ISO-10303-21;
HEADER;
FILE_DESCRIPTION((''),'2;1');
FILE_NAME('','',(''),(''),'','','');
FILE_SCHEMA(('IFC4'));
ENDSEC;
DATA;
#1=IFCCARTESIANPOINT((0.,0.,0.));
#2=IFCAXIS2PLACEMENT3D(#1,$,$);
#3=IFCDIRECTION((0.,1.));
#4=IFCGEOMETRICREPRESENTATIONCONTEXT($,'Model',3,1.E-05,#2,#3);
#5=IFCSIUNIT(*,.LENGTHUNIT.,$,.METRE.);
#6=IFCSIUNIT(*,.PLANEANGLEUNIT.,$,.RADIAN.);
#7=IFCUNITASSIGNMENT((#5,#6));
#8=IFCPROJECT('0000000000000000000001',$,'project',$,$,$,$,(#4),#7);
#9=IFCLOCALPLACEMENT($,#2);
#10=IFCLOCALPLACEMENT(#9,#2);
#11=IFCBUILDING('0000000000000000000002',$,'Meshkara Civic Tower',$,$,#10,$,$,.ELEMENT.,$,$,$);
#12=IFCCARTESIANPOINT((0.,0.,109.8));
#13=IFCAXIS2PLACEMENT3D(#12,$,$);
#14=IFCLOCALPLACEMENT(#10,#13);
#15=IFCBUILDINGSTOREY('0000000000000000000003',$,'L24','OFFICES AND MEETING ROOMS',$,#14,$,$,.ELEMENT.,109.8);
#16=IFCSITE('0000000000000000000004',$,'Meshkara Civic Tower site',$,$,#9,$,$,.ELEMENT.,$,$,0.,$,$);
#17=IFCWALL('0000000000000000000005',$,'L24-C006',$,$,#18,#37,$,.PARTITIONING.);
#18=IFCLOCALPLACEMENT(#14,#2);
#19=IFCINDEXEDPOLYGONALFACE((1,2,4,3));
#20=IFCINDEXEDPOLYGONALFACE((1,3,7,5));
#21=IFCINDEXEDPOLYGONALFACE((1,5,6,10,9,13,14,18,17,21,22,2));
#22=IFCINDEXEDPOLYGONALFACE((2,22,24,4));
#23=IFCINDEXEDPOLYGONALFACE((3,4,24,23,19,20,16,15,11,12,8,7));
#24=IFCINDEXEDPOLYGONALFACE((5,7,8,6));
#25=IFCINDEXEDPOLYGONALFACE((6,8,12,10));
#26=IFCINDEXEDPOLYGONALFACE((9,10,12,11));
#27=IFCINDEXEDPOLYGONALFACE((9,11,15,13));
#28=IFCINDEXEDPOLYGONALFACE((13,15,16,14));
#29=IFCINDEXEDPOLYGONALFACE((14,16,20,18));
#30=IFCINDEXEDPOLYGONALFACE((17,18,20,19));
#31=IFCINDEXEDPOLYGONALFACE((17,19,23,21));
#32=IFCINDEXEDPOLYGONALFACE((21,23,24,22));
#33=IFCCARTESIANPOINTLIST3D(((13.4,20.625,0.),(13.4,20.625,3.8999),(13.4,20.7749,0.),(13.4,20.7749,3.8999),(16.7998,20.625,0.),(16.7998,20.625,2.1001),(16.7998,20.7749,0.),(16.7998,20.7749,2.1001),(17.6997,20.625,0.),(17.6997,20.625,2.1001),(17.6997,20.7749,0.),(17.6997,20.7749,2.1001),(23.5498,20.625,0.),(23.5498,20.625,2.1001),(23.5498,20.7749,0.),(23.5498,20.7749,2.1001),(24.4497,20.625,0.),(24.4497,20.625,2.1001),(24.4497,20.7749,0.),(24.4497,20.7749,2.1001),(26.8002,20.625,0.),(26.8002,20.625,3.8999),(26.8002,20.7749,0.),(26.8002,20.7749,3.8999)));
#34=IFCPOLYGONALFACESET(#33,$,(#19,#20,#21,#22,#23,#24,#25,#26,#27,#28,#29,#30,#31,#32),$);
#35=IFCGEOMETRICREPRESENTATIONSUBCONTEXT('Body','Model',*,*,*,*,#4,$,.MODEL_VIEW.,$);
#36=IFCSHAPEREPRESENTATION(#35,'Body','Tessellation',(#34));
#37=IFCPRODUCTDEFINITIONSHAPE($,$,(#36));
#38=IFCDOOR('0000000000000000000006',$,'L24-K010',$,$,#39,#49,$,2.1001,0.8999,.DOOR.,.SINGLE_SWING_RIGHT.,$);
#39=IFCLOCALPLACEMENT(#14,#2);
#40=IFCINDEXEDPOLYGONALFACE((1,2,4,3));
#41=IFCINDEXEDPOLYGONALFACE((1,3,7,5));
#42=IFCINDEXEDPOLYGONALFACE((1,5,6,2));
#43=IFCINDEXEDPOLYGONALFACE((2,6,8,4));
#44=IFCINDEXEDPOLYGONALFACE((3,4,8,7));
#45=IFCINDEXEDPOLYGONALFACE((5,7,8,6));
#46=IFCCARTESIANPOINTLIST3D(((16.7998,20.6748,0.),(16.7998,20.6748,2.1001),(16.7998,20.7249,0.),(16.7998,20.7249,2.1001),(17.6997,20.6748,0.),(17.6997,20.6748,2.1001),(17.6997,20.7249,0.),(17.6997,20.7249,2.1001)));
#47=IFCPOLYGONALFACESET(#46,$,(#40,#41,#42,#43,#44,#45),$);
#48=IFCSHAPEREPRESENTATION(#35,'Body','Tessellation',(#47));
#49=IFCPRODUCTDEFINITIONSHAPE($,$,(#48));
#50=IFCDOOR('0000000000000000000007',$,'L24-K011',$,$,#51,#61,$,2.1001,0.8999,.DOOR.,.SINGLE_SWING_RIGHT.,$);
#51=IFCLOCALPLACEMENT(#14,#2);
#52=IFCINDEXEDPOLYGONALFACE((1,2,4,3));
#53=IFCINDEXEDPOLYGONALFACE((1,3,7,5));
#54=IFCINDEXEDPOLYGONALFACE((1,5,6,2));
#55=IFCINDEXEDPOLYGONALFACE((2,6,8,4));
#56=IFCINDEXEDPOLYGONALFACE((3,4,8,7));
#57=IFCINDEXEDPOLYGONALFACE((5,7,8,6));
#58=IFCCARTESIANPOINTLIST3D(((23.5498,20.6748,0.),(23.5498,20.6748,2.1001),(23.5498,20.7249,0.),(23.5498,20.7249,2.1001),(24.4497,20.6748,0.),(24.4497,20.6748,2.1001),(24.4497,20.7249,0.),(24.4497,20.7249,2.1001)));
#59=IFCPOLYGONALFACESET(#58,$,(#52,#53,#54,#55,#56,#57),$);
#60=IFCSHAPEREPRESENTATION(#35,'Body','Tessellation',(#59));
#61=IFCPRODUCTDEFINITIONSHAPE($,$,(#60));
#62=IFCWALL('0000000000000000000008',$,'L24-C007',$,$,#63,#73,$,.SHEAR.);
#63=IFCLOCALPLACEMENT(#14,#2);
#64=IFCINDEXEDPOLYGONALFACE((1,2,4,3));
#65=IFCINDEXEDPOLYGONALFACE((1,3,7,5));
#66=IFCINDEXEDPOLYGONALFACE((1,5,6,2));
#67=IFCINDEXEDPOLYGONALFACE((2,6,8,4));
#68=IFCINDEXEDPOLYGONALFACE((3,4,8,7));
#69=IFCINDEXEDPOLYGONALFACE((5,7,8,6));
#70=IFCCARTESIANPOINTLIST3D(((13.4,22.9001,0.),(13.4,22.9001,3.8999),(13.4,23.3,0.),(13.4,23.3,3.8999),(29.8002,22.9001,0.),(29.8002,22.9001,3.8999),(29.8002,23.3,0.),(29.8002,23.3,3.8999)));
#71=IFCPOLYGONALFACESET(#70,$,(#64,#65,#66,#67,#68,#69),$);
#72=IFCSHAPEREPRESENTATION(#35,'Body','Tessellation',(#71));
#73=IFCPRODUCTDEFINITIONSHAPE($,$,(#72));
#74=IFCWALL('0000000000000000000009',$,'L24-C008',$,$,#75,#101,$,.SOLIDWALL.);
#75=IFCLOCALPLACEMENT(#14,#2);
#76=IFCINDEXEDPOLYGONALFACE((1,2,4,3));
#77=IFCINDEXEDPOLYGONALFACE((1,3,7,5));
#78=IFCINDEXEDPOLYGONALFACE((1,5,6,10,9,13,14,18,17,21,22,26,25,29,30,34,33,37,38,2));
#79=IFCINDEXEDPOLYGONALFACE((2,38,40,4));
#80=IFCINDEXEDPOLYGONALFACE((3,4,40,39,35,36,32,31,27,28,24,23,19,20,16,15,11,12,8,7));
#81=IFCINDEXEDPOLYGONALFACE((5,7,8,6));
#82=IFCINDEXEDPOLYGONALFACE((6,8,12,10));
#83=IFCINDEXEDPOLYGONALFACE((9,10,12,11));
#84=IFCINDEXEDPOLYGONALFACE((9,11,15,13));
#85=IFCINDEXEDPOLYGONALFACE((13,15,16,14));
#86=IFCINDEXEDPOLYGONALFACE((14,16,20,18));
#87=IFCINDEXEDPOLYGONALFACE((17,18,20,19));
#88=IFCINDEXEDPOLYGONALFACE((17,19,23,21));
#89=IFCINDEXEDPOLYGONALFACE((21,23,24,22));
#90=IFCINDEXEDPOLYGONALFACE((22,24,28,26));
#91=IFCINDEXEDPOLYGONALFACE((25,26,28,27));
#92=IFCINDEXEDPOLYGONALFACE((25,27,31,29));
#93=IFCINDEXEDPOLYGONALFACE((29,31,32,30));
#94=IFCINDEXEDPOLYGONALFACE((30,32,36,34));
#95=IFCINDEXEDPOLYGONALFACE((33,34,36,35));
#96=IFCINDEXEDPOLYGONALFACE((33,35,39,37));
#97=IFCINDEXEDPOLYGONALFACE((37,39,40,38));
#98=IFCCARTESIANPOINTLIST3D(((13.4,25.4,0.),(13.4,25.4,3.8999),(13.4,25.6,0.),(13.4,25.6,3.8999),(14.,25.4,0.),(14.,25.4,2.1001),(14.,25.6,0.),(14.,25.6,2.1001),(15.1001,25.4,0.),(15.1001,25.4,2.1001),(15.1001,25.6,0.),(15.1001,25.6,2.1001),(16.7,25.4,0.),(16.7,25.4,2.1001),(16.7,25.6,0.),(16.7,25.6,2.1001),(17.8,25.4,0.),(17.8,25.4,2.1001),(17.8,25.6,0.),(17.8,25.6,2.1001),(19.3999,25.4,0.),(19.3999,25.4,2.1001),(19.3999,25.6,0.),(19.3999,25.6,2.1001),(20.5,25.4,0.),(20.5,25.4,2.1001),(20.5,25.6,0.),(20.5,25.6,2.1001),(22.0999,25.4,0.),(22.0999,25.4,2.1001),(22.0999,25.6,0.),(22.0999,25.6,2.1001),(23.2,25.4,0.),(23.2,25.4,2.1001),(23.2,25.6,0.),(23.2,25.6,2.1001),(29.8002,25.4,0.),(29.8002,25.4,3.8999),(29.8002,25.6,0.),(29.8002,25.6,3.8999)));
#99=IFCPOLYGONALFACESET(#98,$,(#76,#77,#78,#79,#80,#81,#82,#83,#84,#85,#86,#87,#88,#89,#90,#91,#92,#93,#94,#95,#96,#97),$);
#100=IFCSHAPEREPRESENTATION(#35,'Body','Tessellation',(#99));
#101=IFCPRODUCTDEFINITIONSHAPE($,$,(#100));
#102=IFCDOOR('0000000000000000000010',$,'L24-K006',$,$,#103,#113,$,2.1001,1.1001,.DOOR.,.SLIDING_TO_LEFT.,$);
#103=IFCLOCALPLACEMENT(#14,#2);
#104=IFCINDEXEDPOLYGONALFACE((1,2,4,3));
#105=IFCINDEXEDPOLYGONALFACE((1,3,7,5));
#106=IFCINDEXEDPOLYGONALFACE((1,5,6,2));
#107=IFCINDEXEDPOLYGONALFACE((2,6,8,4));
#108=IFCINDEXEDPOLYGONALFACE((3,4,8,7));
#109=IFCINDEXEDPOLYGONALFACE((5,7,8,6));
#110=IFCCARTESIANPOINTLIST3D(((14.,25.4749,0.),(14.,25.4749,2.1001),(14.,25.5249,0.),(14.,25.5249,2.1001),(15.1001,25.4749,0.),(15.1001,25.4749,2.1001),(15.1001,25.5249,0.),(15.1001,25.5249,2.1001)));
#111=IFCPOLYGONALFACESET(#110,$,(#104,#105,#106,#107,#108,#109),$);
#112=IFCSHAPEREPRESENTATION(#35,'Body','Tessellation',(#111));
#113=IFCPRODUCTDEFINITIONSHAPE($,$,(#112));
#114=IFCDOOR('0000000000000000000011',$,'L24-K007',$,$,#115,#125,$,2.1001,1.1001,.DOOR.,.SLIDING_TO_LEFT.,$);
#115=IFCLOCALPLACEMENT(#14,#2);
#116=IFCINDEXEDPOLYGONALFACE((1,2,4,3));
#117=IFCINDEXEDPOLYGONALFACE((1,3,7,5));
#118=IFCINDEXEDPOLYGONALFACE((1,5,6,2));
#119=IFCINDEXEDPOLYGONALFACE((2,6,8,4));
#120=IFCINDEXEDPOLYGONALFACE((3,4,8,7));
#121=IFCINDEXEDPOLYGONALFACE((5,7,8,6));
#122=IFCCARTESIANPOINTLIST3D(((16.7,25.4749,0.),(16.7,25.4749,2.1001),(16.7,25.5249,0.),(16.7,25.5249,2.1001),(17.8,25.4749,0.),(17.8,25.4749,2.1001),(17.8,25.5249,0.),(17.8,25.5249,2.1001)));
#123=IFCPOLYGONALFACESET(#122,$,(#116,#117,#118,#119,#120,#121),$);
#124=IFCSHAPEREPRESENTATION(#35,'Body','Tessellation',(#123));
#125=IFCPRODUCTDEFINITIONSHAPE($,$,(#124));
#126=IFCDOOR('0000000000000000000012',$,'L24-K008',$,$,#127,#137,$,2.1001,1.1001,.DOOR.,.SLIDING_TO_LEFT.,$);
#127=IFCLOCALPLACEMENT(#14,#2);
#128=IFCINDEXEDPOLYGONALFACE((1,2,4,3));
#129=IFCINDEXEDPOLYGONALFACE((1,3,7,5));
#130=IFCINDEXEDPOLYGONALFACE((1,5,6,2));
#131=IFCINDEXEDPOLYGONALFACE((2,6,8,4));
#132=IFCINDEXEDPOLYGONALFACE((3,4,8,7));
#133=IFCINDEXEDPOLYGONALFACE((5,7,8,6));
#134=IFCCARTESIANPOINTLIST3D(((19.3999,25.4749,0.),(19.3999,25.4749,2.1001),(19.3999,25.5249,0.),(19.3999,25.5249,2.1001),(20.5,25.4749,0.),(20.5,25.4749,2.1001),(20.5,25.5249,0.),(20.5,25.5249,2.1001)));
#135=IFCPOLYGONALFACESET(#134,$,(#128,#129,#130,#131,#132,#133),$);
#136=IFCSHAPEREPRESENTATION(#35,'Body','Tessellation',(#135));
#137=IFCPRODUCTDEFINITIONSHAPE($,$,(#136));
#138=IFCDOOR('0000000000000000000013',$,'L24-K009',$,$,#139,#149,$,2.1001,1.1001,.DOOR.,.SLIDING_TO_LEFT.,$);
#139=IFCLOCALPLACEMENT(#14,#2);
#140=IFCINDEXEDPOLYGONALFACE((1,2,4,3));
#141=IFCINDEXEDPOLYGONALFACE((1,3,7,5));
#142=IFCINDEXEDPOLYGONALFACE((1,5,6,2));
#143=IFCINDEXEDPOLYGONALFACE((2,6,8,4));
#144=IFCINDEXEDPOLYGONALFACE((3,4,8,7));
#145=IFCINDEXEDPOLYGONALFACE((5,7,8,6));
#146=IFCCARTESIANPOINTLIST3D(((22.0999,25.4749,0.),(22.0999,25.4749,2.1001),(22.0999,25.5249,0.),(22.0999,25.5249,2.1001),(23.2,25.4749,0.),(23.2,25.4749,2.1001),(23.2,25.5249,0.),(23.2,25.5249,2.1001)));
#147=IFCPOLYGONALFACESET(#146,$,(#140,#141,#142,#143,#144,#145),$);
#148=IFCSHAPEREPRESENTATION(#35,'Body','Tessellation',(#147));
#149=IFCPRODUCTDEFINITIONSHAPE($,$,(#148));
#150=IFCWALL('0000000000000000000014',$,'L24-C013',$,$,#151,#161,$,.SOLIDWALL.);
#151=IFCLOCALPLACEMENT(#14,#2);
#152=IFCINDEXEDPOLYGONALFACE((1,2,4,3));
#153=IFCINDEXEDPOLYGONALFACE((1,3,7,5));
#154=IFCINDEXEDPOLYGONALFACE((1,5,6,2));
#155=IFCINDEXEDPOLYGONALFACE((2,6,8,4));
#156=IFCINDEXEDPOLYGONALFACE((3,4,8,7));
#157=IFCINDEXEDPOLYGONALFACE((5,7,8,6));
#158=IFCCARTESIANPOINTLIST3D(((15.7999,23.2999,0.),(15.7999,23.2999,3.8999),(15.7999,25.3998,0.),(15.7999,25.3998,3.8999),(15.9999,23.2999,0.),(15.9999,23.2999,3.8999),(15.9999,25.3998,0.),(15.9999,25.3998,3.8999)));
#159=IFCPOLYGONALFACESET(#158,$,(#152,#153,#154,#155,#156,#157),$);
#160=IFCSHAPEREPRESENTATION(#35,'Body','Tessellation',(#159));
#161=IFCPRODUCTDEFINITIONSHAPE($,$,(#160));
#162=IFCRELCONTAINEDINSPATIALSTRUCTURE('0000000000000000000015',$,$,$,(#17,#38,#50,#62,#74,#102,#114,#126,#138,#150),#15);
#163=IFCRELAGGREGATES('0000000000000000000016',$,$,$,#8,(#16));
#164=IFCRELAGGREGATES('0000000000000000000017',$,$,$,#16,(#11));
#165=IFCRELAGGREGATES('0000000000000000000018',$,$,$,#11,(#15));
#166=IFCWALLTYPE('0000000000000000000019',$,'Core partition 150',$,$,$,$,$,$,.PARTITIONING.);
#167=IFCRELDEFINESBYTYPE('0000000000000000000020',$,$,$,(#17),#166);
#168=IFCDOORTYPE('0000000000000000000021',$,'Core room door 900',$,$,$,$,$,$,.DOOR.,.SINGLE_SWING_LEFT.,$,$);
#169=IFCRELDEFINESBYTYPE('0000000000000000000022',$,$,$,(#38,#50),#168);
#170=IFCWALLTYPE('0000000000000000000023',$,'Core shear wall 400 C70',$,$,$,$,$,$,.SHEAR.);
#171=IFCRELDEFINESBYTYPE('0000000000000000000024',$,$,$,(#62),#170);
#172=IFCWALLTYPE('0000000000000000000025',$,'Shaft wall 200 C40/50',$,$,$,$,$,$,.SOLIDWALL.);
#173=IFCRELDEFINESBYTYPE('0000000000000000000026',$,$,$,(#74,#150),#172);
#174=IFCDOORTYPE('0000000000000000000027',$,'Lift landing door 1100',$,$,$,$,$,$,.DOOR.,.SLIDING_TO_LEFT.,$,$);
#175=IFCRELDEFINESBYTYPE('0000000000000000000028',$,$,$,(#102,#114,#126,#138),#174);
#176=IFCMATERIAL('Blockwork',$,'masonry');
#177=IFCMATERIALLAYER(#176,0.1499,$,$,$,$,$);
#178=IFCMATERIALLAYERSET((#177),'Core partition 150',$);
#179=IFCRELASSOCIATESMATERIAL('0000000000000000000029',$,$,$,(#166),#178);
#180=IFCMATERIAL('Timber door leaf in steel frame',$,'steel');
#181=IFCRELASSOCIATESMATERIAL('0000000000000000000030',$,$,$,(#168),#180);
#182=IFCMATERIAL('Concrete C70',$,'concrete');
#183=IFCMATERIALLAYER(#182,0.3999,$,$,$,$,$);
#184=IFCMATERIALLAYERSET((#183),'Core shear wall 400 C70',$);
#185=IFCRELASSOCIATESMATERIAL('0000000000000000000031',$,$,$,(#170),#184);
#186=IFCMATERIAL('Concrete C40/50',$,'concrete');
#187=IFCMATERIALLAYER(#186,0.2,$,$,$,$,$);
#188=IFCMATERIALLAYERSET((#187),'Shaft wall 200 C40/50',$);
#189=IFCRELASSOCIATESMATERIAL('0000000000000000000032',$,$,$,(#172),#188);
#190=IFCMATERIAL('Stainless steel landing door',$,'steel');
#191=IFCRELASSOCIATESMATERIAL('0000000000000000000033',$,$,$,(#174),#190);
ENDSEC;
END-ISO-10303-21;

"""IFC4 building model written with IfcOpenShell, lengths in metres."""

from ifc_helpers import new_model, si_unit, direction, frame, frame_2d, origin, place, context, subcontext, project, spatial, rectangle, extrude, material, layer, layer_set, type_object, element, fill, save


model = new_model("IFC4")

# Units and contexts
model_context = context("Model", 3, precision=1e-05, world=origin(), true_north=direction((0.0, 1.0)))
body_context = subcontext(model_context, "Body", "Model", "MODEL_VIEW")
ifc_project = project(units=[si_unit("LENGTHUNIT", "METRE"), si_unit("PLANEANGLEUNIT", "RADIAN")], contexts=[model_context])

# Site, building, storey
site_placement = place(None, origin())
site = spatial("IfcSite", under=ifc_project, at=site_placement, Name="Meshkara Civic Tower site", CompositionType="ELEMENT", RefElevation=0.0)
building_placement = place(site_placement, origin())
building = spatial("IfcBuilding", under=site, at=building_placement, Name="Meshkara Civic Tower", CompositionType="ELEMENT")
storey_placement = place(building_placement, frame((0.0, 0.0, 109.8)))
storey = spatial("IfcBuildingStorey", under=building, at=storey_placement, Name="L24", Description="OFFICES AND MEETING ROOMS", CompositionType="ELEMENT", Elevation=109.8)

# Wall, openings, doors
ifc_material_1 = material(Name="Blockwork", Category="masonry")
ifc_layer_1 = layer(ifc_material_1, 0.1499)
ifc_layer_set_1 = layer_set([ifc_layer_1], Name="Core partition 150")
wall_type_1 = type_object("IfcWallType", Name="Core partition 150", PredefinedType="PARTITIONING", material=ifc_layer_set_1)
wall_1_placement = place(storey_placement, frame((13.3999, 20.7, 0.0), z_axis=(0.0, 0.0, 1.0), x_axis=(1.0, 0.0, 0.0)))
wall_1 = element("IfcWall", 1, at=wall_1_placement, inside=storey, type_object=wall_type_1, Name="L24-C006", PredefinedType="PARTITIONING", context=body_context, shape_type="SweptSolid", body=[
    extrude(rectangle(XDim=13.4001, YDim=0.1499, at=frame_2d((6.7002, 0.0))), origin(), (0.0, 0.0, 1.0), 3.8999),
])
opening_1_placement = place(wall_1_placement, frame((3.3999, 0.0, 0.0)))
opening_1 = element("IfcOpeningElement", 2, at=opening_1_placement, cuts=wall_1, PredefinedType="OPENING", context=body_context, shape_type="SweptSolid", body=[
    extrude(rectangle(XDim=0.8999, YDim=2.1001, at=frame_2d((0.45, 1.05))), frame((0.0, 0.085, 0.0), z_axis=(0.0, -1.0, 0.0), x_axis=(1.0, 0.0, 0.0)), (0.0, 0.0, 1.0), 0.1699),
])
opening_2_placement = place(wall_1_placement, frame((10.1499, 0.0, 0.0)))
opening_2 = element("IfcOpeningElement", 3, at=opening_2_placement, cuts=wall_1, PredefinedType="OPENING", context=body_context, shape_type="SweptSolid", body=[
    extrude(rectangle(XDim=0.8999, YDim=2.1001, at=frame_2d((0.45, 1.05))), frame((0.0, 0.085, 0.0), z_axis=(0.0, -1.0, 0.0), x_axis=(1.0, 0.0, 0.0)), (0.0, 0.0, 1.0), 0.1699),
])
ifc_material_2 = material(Name="Timber door leaf in steel frame", Category="steel")
door_type_1 = type_object("IfcDoorType", Name="Core room door 900", OperationType="SINGLE_SWING_LEFT", PredefinedType="DOOR", material=ifc_material_2)
door_1_placement = place(opening_1_placement, origin())
door_1 = element("IfcDoor", 4, at=door_1_placement, inside=storey, type_object=door_type_1, Name="L24-K010", OperationType="SINGLE_SWING_RIGHT", OverallHeight=2.1001, OverallWidth=0.8999, PredefinedType="DOOR", context=body_context, shape_type="SweptSolid", body=[
    extrude(rectangle(XDim=0.8999, YDim=2.1001, at=frame_2d((0.45, 1.05))), frame((0.0, 0.0249, 0.0), z_axis=(0.0, -1.0, 0.0), x_axis=(1.0, 0.0, 0.0)), (0.0, 0.0, 1.0), 0.05),
])
fill(opening_1, door_1)
door_2_placement = place(opening_2_placement, origin())
door_2 = element("IfcDoor", 5, at=door_2_placement, inside=storey, type_object=door_type_1, Name="L24-K011", OperationType="SINGLE_SWING_RIGHT", OverallHeight=2.1001, OverallWidth=0.8999, PredefinedType="DOOR", context=body_context, shape_type="SweptSolid", body=[
    extrude(rectangle(XDim=0.8999, YDim=2.1001, at=frame_2d((0.45, 1.05))), frame((0.0, 0.0249, 0.0), z_axis=(0.0, -1.0, 0.0), x_axis=(1.0, 0.0, 0.0)), (0.0, 0.0, 1.0), 0.05),
])
fill(opening_2, door_2)

# Wall
ifc_material_3 = material(Name="Concrete C70", Category="concrete")
ifc_layer_2 = layer(ifc_material_3, 0.3999)
ifc_layer_set_2 = layer_set([ifc_layer_2], Name="Core shear wall 400 C70")
wall_type_2 = type_object("IfcWallType", Name="Core shear wall 400 C70", PredefinedType="SHEAR", material=ifc_layer_set_2)
wall_2_placement = place(storey_placement, frame((13.3999, 23.1001, 0.0), z_axis=(0.0, 0.0, 1.0), x_axis=(1.0, 0.0, 0.0)))
element("IfcWall", 6, at=wall_2_placement, inside=storey, type_object=wall_type_2, Name="L24-C007", PredefinedType="SHEAR", context=body_context, shape_type="SweptSolid", body=[
    extrude(rectangle(XDim=16.4001, YDim=0.3999, at=frame_2d((8.2002, 0.0))), origin(), (0.0, 0.0, 1.0), 3.8999),
])

# Wall, openings, doors
ifc_material_4 = material(Name="Concrete C40/50", Category="concrete")
ifc_layer_3 = layer(ifc_material_4, 0.2)
ifc_layer_set_3 = layer_set([ifc_layer_3], Name="Shaft wall 200 C40/50")
wall_type_3 = type_object("IfcWallType", Name="Shaft wall 200 C40/50", PredefinedType="SOLIDWALL", material=ifc_layer_set_3)
wall_3_placement = place(storey_placement, frame((13.3999, 25.5, 0.0), z_axis=(0.0, 0.0, 1.0), x_axis=(1.0, 0.0, 0.0)))
wall_3 = element("IfcWall", 7, at=wall_3_placement, inside=storey, type_object=wall_type_3, Name="L24-C008", PredefinedType="SOLIDWALL", context=body_context, shape_type="SweptSolid", body=[
    extrude(rectangle(XDim=16.4001, YDim=0.2, at=frame_2d((8.2002, 0.0))), origin(), (0.0, 0.0, 1.0), 3.8999),
])
opening_3_placement = place(wall_3_placement, frame((0.6001, 0.0, 0.0)))
opening_3 = element("IfcOpeningElement", 8, at=opening_3_placement, cuts=wall_3, PredefinedType="OPENING", context=body_context, shape_type="SweptSolid", body=[
    extrude(rectangle(XDim=1.1001, YDim=2.1001, at=frame_2d((0.55, 1.05))), frame((0.0, 0.1099, 0.0), z_axis=(0.0, -1.0, 0.0), x_axis=(1.0, 0.0, 0.0)), (0.0, 0.0, 1.0), 0.22),
])
opening_4_placement = place(wall_3_placement, frame((3.3, 0.0, 0.0)))
opening_4 = element("IfcOpeningElement", 9, at=opening_4_placement, cuts=wall_3, PredefinedType="OPENING", context=body_context, shape_type="SweptSolid", body=[
    extrude(rectangle(XDim=1.1001, YDim=2.1001, at=frame_2d((0.55, 1.05))), frame((0.0, 0.1099, 0.0), z_axis=(0.0, -1.0, 0.0), x_axis=(1.0, 0.0, 0.0)), (0.0, 0.0, 1.0), 0.22),
])
opening_5_placement = place(wall_3_placement, frame((6.0, 0.0, 0.0)))
opening_5 = element("IfcOpeningElement", 10, at=opening_5_placement, cuts=wall_3, PredefinedType="OPENING", context=body_context, shape_type="SweptSolid", body=[
    extrude(rectangle(XDim=1.1001, YDim=2.1001, at=frame_2d((0.55, 1.05))), frame((0.0, 0.1099, 0.0), z_axis=(0.0, -1.0, 0.0), x_axis=(1.0, 0.0, 0.0)), (0.0, 0.0, 1.0), 0.22),
])
opening_6_placement = place(wall_3_placement, frame((8.7, 0.0, 0.0)))
opening_6 = element("IfcOpeningElement", 11, at=opening_6_placement, cuts=wall_3, PredefinedType="OPENING", context=body_context, shape_type="SweptSolid", body=[
    extrude(rectangle(XDim=1.1001, YDim=2.1001, at=frame_2d((0.55, 1.05))), frame((0.0, 0.1099, 0.0), z_axis=(0.0, -1.0, 0.0), x_axis=(1.0, 0.0, 0.0)), (0.0, 0.0, 1.0), 0.22),
])
ifc_material_5 = material(Name="Stainless steel landing door", Category="steel")
door_type_2 = type_object("IfcDoorType", Name="Lift landing door 1100", OperationType="SLIDING_TO_LEFT", PredefinedType="DOOR", material=ifc_material_5)
door_3_placement = place(opening_3_placement, origin())
door_3 = element("IfcDoor", 12, at=door_3_placement, inside=storey, type_object=door_type_2, Name="L24-K006", OperationType="SLIDING_TO_LEFT", OverallHeight=2.1001, OverallWidth=1.1001, PredefinedType="DOOR", context=body_context, shape_type="SweptSolid", body=[
    extrude(rectangle(XDim=1.1001, YDim=2.1001, at=frame_2d((0.55, 1.05))), frame((0.0, 0.0249, 0.0), z_axis=(0.0, -1.0, 0.0), x_axis=(1.0, 0.0, 0.0)), (0.0, 0.0, 1.0), 0.05),
])
fill(opening_3, door_3)
door_4_placement = place(opening_4_placement, origin())
door_4 = element("IfcDoor", 13, at=door_4_placement, inside=storey, type_object=door_type_2, Name="L24-K007", OperationType="SLIDING_TO_LEFT", OverallHeight=2.1001, OverallWidth=1.1001, PredefinedType="DOOR", context=body_context, shape_type="SweptSolid", body=[
    extrude(rectangle(XDim=1.1001, YDim=2.1001, at=frame_2d((0.55, 1.05))), frame((0.0, 0.0249, 0.0), z_axis=(0.0, -1.0, 0.0), x_axis=(1.0, 0.0, 0.0)), (0.0, 0.0, 1.0), 0.05),
])
fill(opening_4, door_4)
door_5_placement = place(opening_5_placement, origin())
door_5 = element("IfcDoor", 14, at=door_5_placement, inside=storey, type_object=door_type_2, Name="L24-K008", OperationType="SLIDING_TO_LEFT", OverallHeight=2.1001, OverallWidth=1.1001, PredefinedType="DOOR", context=body_context, shape_type="SweptSolid", body=[
    extrude(rectangle(XDim=1.1001, YDim=2.1001, at=frame_2d((0.55, 1.05))), frame((0.0, 0.0249, 0.0), z_axis=(0.0, -1.0, 0.0), x_axis=(1.0, 0.0, 0.0)), (0.0, 0.0, 1.0), 0.05),
])
fill(opening_5, door_5)
door_6_placement = place(opening_6_placement, origin())
door_6 = element("IfcDoor", 15, at=door_6_placement, inside=storey, type_object=door_type_2, Name="L24-K009", OperationType="SLIDING_TO_LEFT", OverallHeight=2.1001, OverallWidth=1.1001, PredefinedType="DOOR", context=body_context, shape_type="SweptSolid", body=[
    extrude(rectangle(XDim=1.1001, YDim=2.1001, at=frame_2d((0.55, 1.05))), frame((0.0, 0.0249, 0.0), z_axis=(0.0, -1.0, 0.0), x_axis=(1.0, 0.0, 0.0)), (0.0, 0.0, 1.0), 0.05),
])
fill(opening_6, door_6)

# Wall
wall_4_placement = place(storey_placement, frame((15.8999, 23.3, 0.0), z_axis=(0.0, 0.0, 1.0), x_axis=(0.0, 1.0, 0.0)))
element("IfcWall", 16, at=wall_4_placement, inside=storey, type_object=wall_type_3, Name="L24-C013", PredefinedType="SOLIDWALL", context=body_context, shape_type="SweptSolid", body=[
    extrude(rectangle(XDim=2.0999, YDim=0.2, at=frame_2d((1.0498, 0.0))), origin(), (0.0, 0.0, 1.0), 3.8999),
])

save(model, "model.ifc")
